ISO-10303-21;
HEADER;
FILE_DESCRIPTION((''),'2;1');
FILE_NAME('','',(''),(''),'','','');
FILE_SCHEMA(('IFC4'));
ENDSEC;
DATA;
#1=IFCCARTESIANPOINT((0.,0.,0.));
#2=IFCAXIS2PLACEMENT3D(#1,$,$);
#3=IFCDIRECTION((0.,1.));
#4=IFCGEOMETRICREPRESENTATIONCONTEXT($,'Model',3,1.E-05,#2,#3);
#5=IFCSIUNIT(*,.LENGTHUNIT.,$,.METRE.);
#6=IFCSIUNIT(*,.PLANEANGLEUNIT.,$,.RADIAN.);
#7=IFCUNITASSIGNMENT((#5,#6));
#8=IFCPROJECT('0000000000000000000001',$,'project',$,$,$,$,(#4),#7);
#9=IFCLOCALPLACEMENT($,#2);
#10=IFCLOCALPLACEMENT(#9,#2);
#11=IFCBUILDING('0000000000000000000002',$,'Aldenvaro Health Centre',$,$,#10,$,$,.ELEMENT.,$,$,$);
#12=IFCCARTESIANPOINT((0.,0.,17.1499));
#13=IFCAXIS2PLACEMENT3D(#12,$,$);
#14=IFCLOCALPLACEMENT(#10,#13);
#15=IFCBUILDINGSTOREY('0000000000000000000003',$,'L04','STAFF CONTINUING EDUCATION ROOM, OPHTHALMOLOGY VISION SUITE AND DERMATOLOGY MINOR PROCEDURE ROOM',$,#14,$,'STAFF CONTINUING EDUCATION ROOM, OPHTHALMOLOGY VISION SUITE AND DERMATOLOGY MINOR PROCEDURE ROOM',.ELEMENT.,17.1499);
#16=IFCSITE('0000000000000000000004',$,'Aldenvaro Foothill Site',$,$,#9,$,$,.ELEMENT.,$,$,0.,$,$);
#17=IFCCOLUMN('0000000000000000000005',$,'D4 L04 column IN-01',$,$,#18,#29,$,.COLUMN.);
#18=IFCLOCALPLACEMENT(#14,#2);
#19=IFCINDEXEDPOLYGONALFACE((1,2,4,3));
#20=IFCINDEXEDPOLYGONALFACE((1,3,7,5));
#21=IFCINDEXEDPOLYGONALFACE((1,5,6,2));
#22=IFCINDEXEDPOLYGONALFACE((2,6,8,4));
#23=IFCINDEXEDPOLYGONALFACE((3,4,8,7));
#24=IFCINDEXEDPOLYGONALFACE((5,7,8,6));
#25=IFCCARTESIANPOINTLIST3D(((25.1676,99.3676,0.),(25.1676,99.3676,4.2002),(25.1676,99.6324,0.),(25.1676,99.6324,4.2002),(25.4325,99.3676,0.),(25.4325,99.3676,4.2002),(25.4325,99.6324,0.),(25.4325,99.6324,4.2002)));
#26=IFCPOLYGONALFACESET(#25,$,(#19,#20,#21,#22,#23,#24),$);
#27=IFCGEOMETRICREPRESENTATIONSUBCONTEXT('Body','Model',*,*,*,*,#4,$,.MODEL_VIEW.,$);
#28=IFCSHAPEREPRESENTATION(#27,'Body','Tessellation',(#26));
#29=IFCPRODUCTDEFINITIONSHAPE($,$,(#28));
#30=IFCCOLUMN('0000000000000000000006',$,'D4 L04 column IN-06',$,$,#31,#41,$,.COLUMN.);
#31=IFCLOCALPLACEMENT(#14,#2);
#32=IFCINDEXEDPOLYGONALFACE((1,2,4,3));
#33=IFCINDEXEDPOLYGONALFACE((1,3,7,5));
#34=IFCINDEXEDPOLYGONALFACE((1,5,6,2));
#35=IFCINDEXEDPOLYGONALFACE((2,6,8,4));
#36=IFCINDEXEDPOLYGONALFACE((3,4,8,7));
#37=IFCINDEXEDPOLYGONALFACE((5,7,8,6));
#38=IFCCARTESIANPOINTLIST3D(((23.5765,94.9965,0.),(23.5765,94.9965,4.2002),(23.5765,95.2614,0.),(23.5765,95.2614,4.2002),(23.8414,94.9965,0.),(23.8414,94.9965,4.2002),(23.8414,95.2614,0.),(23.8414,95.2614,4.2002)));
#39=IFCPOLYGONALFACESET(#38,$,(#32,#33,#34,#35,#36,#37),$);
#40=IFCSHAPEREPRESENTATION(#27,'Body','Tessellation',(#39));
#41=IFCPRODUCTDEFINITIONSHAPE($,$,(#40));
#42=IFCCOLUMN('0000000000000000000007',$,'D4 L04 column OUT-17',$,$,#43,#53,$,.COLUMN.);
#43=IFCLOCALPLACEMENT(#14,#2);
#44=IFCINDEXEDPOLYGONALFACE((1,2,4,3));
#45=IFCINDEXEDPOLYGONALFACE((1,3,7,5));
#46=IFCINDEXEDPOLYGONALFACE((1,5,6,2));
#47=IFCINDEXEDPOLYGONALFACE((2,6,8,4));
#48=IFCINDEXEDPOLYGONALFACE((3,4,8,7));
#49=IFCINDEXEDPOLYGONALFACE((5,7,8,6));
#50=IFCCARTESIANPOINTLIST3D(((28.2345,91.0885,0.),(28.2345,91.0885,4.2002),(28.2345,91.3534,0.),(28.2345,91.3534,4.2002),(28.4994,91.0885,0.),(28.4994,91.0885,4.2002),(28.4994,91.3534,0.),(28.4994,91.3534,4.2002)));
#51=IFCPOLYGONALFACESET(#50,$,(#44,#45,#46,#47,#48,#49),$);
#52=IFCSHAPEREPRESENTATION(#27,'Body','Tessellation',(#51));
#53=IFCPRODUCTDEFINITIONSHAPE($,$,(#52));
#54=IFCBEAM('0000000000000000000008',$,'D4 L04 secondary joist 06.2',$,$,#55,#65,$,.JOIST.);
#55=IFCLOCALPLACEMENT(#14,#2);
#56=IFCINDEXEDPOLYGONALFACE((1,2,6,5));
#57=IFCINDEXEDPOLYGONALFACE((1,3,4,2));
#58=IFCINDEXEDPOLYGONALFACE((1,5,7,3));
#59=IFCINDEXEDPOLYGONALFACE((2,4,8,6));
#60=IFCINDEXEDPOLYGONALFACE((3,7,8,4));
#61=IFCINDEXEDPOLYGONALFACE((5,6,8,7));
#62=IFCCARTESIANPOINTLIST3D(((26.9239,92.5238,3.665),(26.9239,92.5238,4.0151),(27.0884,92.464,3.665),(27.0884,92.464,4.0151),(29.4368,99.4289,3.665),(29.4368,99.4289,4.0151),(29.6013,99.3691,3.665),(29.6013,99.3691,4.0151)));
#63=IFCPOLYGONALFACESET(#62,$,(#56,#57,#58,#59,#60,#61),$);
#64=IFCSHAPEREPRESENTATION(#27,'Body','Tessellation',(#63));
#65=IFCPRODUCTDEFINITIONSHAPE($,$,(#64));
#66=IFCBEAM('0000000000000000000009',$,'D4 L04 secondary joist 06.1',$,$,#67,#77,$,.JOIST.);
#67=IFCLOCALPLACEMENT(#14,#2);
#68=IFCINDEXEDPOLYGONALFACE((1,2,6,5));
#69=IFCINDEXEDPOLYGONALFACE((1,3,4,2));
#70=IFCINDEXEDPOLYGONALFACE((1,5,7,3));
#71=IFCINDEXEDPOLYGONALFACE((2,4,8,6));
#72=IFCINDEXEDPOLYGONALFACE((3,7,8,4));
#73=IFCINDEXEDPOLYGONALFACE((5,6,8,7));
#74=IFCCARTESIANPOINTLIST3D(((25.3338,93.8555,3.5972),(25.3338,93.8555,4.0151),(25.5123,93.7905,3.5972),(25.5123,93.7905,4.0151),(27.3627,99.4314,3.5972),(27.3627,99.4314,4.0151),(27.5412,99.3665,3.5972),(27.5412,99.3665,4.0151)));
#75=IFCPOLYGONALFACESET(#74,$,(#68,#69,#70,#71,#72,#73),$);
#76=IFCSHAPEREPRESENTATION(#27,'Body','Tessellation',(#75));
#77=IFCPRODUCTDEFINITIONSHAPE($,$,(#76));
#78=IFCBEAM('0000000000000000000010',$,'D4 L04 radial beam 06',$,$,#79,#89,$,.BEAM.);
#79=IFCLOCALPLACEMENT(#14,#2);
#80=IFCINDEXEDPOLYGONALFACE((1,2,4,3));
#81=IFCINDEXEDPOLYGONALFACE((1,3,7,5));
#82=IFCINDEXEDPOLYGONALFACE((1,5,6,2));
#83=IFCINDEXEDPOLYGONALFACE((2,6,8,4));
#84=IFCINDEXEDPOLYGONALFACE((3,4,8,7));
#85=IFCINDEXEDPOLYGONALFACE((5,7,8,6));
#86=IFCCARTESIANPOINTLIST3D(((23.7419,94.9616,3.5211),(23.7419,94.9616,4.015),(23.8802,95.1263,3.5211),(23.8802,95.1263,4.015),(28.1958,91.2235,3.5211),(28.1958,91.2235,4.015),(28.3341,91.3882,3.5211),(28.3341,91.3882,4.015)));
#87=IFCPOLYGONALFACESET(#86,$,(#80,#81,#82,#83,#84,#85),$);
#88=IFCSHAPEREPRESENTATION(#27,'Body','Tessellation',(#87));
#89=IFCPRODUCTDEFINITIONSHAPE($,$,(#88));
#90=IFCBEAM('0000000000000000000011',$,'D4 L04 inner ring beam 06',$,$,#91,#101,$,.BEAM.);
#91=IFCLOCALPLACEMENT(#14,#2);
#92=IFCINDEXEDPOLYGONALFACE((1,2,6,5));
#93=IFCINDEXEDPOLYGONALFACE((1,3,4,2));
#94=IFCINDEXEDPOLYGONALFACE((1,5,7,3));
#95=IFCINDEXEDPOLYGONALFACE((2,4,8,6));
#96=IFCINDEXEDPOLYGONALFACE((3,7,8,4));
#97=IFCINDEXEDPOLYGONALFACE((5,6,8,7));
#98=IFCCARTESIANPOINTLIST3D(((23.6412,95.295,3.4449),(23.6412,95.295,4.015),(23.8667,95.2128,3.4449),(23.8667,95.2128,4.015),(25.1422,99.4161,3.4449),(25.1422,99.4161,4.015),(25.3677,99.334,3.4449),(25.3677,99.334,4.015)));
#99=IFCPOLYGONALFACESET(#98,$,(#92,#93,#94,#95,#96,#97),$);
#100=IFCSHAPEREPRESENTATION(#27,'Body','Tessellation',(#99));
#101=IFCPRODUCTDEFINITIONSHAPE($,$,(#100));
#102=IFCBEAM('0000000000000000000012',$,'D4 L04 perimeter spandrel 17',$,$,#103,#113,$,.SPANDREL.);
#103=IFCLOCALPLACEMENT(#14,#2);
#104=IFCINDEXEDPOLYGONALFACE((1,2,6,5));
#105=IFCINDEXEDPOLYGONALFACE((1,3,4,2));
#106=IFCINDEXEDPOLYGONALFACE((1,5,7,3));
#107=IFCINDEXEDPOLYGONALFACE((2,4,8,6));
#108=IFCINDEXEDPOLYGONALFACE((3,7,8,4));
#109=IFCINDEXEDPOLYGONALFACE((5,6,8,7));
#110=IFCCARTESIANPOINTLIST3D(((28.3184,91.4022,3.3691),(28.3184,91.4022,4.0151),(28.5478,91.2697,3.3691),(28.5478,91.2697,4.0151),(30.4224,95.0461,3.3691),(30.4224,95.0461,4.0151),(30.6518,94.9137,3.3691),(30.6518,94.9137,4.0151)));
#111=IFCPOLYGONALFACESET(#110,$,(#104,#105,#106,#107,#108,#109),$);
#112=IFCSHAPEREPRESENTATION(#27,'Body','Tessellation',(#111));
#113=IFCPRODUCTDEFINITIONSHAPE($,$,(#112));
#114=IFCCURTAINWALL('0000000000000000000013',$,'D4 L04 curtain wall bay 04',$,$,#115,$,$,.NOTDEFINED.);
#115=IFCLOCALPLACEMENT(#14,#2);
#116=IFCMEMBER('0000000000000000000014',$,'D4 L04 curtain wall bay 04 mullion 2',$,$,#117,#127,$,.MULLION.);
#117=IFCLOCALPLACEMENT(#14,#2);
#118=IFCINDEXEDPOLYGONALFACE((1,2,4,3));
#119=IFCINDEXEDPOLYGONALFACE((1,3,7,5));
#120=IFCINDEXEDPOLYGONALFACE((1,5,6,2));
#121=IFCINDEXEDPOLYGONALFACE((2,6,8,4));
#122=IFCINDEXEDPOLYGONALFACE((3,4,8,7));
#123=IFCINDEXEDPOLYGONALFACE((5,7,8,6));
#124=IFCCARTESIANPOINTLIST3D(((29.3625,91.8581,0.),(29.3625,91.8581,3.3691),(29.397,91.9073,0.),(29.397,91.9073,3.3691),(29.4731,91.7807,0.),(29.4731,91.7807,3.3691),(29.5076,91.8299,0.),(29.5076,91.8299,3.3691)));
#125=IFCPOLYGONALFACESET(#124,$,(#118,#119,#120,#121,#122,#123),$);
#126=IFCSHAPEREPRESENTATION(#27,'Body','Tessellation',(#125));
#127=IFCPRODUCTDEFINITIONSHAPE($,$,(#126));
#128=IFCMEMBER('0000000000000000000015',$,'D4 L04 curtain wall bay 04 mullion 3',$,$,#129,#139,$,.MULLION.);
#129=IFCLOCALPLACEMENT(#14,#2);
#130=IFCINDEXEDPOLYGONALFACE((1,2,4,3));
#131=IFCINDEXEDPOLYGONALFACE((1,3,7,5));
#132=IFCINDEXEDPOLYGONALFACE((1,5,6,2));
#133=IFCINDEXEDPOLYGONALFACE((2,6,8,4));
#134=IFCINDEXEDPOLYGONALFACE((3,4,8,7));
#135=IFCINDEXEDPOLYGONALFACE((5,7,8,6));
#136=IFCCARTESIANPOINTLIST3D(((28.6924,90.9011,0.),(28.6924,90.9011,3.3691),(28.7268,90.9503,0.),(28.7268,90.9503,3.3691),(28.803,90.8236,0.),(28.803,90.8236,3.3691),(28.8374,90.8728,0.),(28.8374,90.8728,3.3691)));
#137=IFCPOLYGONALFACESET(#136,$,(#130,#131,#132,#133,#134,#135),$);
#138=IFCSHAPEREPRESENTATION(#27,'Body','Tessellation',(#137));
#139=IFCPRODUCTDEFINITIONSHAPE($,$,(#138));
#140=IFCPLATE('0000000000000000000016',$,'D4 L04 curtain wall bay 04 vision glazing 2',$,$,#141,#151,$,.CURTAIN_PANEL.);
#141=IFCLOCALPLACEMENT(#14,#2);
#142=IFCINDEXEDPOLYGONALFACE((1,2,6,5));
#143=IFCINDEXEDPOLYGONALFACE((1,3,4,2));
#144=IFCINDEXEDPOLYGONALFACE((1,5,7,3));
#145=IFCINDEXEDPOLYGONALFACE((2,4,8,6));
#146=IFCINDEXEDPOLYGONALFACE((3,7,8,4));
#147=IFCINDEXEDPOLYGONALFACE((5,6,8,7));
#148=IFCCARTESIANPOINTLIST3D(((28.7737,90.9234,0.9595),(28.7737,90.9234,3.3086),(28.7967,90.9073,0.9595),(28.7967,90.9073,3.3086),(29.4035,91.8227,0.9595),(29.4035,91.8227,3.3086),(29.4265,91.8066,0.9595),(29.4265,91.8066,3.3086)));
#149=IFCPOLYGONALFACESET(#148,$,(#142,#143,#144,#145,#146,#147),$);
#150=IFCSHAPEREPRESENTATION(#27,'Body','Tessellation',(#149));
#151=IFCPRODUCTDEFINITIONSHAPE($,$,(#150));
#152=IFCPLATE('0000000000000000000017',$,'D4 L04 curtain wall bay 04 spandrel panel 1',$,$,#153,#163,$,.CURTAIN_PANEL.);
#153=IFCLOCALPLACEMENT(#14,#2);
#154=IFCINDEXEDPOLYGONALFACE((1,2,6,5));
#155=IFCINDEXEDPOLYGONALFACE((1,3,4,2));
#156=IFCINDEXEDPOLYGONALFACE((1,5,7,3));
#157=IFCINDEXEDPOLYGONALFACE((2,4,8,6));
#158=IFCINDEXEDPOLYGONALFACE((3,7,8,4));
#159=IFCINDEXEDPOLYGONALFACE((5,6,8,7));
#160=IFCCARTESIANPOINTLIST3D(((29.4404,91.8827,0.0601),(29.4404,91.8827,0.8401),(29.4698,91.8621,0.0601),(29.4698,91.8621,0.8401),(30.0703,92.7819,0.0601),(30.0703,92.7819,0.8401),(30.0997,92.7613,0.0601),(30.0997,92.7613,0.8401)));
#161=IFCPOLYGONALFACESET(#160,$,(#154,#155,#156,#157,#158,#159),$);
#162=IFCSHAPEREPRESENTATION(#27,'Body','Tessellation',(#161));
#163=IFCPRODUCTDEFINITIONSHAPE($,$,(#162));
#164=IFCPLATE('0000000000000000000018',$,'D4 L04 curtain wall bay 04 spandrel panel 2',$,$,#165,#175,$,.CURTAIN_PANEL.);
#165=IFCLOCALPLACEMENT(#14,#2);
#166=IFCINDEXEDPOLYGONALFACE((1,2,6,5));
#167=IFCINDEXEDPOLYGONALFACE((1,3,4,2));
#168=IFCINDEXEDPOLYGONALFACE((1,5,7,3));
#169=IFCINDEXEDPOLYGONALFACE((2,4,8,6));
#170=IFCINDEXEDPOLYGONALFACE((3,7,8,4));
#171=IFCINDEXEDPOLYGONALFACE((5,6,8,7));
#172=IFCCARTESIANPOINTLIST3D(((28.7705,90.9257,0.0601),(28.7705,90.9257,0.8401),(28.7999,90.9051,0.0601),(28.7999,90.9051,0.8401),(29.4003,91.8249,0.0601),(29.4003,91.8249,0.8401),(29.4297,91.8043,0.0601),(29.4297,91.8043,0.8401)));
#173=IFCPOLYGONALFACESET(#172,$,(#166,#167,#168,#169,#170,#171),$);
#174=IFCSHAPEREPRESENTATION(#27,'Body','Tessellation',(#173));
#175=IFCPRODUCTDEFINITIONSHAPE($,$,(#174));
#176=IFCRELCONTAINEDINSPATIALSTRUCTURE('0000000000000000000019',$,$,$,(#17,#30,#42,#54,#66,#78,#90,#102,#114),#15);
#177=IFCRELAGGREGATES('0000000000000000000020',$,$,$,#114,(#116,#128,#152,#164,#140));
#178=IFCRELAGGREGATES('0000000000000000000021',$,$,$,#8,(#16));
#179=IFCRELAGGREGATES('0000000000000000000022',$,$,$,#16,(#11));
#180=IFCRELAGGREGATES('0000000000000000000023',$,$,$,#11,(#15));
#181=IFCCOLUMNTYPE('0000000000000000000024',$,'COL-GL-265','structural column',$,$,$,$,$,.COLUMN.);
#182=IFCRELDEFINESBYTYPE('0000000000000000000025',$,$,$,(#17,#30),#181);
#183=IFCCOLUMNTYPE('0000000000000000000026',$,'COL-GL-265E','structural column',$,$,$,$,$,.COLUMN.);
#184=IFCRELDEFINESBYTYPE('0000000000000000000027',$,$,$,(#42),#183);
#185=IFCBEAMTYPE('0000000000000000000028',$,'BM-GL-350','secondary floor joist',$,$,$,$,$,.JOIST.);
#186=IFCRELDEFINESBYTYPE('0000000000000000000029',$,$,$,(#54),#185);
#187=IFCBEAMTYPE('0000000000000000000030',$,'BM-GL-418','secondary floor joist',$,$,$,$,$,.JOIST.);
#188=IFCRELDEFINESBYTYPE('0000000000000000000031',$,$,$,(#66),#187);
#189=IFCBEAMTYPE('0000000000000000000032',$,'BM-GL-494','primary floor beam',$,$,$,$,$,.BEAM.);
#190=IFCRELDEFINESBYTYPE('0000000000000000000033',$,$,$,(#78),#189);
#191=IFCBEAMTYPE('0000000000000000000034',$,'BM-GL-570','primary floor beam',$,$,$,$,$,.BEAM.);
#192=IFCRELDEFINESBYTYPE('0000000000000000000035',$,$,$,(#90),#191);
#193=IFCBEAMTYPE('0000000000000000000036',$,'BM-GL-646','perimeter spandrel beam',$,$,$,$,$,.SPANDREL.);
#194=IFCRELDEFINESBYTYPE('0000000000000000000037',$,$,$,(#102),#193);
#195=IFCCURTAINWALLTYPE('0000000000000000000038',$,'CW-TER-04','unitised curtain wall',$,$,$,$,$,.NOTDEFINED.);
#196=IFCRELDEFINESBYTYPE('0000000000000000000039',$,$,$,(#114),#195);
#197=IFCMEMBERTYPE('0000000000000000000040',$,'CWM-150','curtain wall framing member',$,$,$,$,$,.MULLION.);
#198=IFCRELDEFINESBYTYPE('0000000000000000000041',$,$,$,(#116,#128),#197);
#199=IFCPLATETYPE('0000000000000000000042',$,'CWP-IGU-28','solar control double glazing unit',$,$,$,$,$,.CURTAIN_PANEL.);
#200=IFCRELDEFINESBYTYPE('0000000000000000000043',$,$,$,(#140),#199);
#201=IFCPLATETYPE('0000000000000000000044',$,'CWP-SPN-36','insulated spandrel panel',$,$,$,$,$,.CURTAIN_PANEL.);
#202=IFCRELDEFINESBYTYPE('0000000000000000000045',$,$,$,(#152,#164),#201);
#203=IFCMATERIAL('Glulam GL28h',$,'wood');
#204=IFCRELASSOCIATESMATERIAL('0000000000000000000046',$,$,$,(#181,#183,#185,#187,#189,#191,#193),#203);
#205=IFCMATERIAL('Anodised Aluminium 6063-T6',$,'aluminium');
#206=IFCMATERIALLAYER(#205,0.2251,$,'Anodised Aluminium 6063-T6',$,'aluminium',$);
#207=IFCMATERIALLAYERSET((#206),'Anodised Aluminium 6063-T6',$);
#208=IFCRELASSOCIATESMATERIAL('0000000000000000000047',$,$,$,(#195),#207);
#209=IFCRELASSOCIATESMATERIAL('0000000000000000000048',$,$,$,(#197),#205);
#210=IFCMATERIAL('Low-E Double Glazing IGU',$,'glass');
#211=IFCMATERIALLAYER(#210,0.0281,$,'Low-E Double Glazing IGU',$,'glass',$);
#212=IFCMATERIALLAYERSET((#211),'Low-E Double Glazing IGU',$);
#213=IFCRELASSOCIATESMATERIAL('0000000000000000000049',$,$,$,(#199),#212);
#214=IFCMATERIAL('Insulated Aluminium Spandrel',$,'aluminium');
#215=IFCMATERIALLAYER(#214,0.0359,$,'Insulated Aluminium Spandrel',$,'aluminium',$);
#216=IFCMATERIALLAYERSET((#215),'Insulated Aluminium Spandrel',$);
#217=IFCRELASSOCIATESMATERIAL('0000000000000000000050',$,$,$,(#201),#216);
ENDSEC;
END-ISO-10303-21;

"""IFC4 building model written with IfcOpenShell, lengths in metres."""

from ifc_helpers import new_model, si_unit, direction, frame, origin, origin_2d, place, context, subcontext, project, spatial, rectangle, extrude, material, layer, layer_set, material_profile, profile_set, type_object, element, aggregate, save


model = new_model("IFC4")

# Units and contexts
model_context = context("Model", 3, precision=1e-05, world=origin(), true_north=direction((0.0, 1.0)))
body_context = subcontext(model_context, "Body", "Model", "MODEL_VIEW")
ifc_project = project(units=[si_unit("LENGTHUNIT", "METRE"), si_unit("PLANEANGLEUNIT", "RADIAN")], contexts=[model_context])

# Site, building, storey
site_placement = place(None, origin())
site = spatial("IfcSite", under=ifc_project, at=site_placement, Name="Aldenvaro Foothill Site", CompositionType="ELEMENT", RefElevation=0.0)
building_placement = place(site_placement, origin())
building = spatial("IfcBuilding", under=site, at=building_placement, Name="Aldenvaro Health Centre", CompositionType="ELEMENT")
storey_placement = place(building_placement, frame((0.0, 0.0, 17.1499)))
storey = spatial("IfcBuildingStorey", under=building, at=storey_placement, Name="L04", Description="STAFF CONTINUING EDUCATION ROOM, OPHTHALMOLOGY VISION SUITE AND DERMATOLOGY MINOR PROCEDURE ROOM", LongName="STAFF CONTINUING EDUCATION ROOM, OPHTHALMOLOGY VISION SUITE AND DERMATOLOGY MINOR PROCEDURE ROOM", CompositionType="ELEMENT", Elevation=17.1499)

# Columns
ifc_material_1 = material(Name="Glulam GL28h", Category="wood")
ifc_material_profile_1 = material_profile(ifc_material_1, rectangle(XDim=0.2649, YDim=0.2649, at=origin_2d()), Name="GL 265x265", Category="wood")
ifc_profile_set_1 = profile_set([ifc_material_profile_1], Name="Glulam GL28h")
column_type_1 = type_object("IfcColumnType", Name="COL-GL-265", Description="structural column", PredefinedType="COLUMN", material=ifc_profile_set_1)
for number, where, z_axis, x_axis, name in (
    (1, (25.3, 99.5, 0.0), (0.0, 0.0, 1.0), (1.0, 0.0, 0.0), "D4 L04 column IN-01"),
    (2, (23.709, 95.1289, 0.0), (0.0, 0.0, 1.0), (1.0, 0.0, 0.0), "D4 L04 column IN-06"),
):
    element("IfcColumn", number, at=place(storey_placement, frame(where, z_axis=z_axis, x_axis=x_axis)), inside=storey, type_object=column_type_1, Name=name, PredefinedType="COLUMN", context=body_context, shape_type="SweptSolid", body=[
        extrude(rectangle(XDim=0.2649, YDim=0.2649, at=origin_2d()), origin(), (0.0, 0.0, 1.0), 4.2002),
    ])
ifc_material_profile_2 = material_profile(ifc_material_1, rectangle(XDim=0.2649, YDim=0.2649, at=origin_2d()), Name="GL 265x265", Category="wood")
ifc_profile_set_2 = profile_set([ifc_material_profile_2], Name="Glulam GL28h")
column_type_2 = type_object("IfcColumnType", Name="COL-GL-265E", Description="structural column", PredefinedType="COLUMN", material=ifc_profile_set_2)
column_placement = place(storey_placement, frame((28.3669, 91.2209, 0.0), z_axis=(0.0, 0.0, 1.0), x_axis=(1.0, 0.0, 0.0)))
element("IfcColumn", 3, at=column_placement, inside=storey, type_object=column_type_2, Name="D4 L04 column OUT-17", PredefinedType="COLUMN", context=body_context, shape_type="SweptSolid", body=[
    extrude(rectangle(XDim=0.2649, YDim=0.2649, at=origin_2d()), origin(), (0.0, 0.0, 1.0), 4.2002),
])

# Beams
ifc_material_profile_3 = material_profile(ifc_material_1, rectangle(XDim=0.175, YDim=0.3501, at=origin_2d()), Name="GL 175x350", Category="wood")
ifc_profile_set_3 = profile_set([ifc_material_profile_3], Name="Glulam GL28h")
beam_type_1 = type_object("IfcBeamType", Name="BM-GL-350", Description="secondary floor joist", PredefinedType="JOIST", material=ifc_profile_set_3)
beam_1_placement = place(storey_placement, frame((27.0061, 92.4939, 3.8401), z_axis=(0.341986, 0.939705, 0.0), x_axis=(-0.939705, 0.341986, 0.0)))
element("IfcBeam", 4, at=beam_1_placement, inside=storey, type_object=beam_type_1, Name="D4 L04 secondary joist 06.2", PredefinedType="JOIST", context=body_context, shape_type="SweptSolid", body=[
    extrude(rectangle(XDim=0.175, YDim=0.3501, at=origin_2d()), origin(), (0.0, 0.0, 1.0), 7.3481),
])
ifc_material_profile_4 = material_profile(ifc_material_1, rectangle(XDim=0.1899, YDim=0.418, at=origin_2d()), Name="GL 190x418", Category="wood")
ifc_profile_set_4 = profile_set([ifc_material_profile_4], Name="Glulam GL28h")
beam_type_2 = type_object("IfcBeamType", Name="BM-GL-418", Description="secondary floor joist", PredefinedType="JOIST", material=ifc_profile_set_4)
beam_2_placement = place(storey_placement, frame((25.4231, 93.823, 3.8062), z_axis=(0.341921, 0.939729, 0.0), x_axis=(-0.939729, 0.341921, 0.0)))
element("IfcBeam", 5, at=beam_2_placement, inside=storey, type_object=beam_type_2, Name="D4 L04 secondary joist 06.1", PredefinedType="JOIST", context=body_context, shape_type="SweptSolid", body=[
    extrude(rectangle(XDim=0.1899, YDim=0.418, at=origin_2d()), origin(), (0.0, 0.0, 1.0), 5.9336),
])
ifc_material_profile_5 = material_profile(ifc_material_1, rectangle(XDim=0.2151, YDim=0.4939, at=origin_2d()), Name="GL 215x494", Category="wood")
ifc_profile_set_5 = profile_set([ifc_material_profile_5], Name="Glulam GL28h")
beam_type_3 = type_object("IfcBeamType", Name="BM-GL-494", Description="primary floor beam", PredefinedType="BEAM", material=ifc_profile_set_5)
beam_3_placement = place(storey_placement, frame((23.811, 95.0439, 3.7681), z_axis=(0.765976, -0.642869, 0.0), x_axis=(0.642869, 0.765976, 0.0)))
element("IfcBeam", 6, at=beam_3_placement, inside=storey, type_object=beam_type_3, Name="D4 L04 radial beam 06", PredefinedType="BEAM", context=body_context, shape_type="SweptSolid", body=[
    extrude(rectangle(XDim=0.2151, YDim=0.4939, at=origin_2d()), origin(), (0.0, 0.0, 1.0), 5.8147),
])
ifc_material_profile_6 = material_profile(ifc_material_1, rectangle(XDim=0.24, YDim=0.5701, at=origin_2d()), Name="GL 240x570", Category="wood")
ifc_profile_set_6 = profile_set([ifc_material_profile_6], Name="Glulam GL28h")
beam_type_4 = type_object("IfcBeamType", Name="BM-GL-570", Description="primary floor beam", PredefinedType="BEAM", material=ifc_profile_set_6)
beam_4_placement = place(storey_placement, frame((23.7539, 95.2539, 3.73), z_axis=(0.342226, 0.939618, 0.0), x_axis=(-0.939618, 0.342226, 0.0)))
element("IfcBeam", 7, at=beam_4_placement, inside=storey, type_object=beam_type_4, Name="D4 L04 inner ring beam 06", PredefinedType="BEAM", context=body_context, shape_type="SweptSolid", body=[
    extrude(rectangle(XDim=0.24, YDim=0.5701, at=origin_2d()), origin(), (0.0, 0.0, 1.0), 4.386),
])
ifc_material_profile_7 = material_profile(ifc_material_1, rectangle(XDim=0.2649, YDim=0.646, at=origin_2d()), Name="GL 265x646", Category="wood")
ifc_profile_set_7 = profile_set([ifc_material_profile_7], Name="Glulam GL28h")
beam_type_5 = type_object("IfcBeamType", Name="BM-GL-646", Description="perimeter spandrel beam", PredefinedType="SPANDREL", material=ifc_profile_set_7)
beam_5_placement = place(storey_placement, frame((28.4331, 91.3359, 3.6921), z_axis=(0.50002, 0.866014, 0.0), x_axis=(-0.866014, 0.50002, 0.0)))
element("IfcBeam", 8, at=beam_5_placement, inside=storey, type_object=beam_type_5, Name="D4 L04 perimeter spandrel 17", PredefinedType="SPANDREL", context=body_context, shape_type="SweptSolid", body=[
    extrude(rectangle(XDim=0.2649, YDim=0.646, at=origin_2d()), origin(), (0.0, 0.0, 1.0), 4.2078),
])

# Curtain wall, members, plates
ifc_material_2 = material(Name="Anodised Aluminium 6063-T6", Category="aluminium")
ifc_layer_1 = layer(ifc_material_2, 0.2251, Name="Anodised Aluminium 6063-T6", Category="aluminium")
ifc_layer_set_1 = layer_set([ifc_layer_1], Name="Anodised Aluminium 6063-T6")
curtain_wall_type = type_object("IfcCurtainWallType", Name="CW-TER-04", Description="unitised curtain wall", PredefinedType="NOTDEFINED", material=ifc_layer_set_1)
curtain_wall_placement = place(storey_placement, origin())
curtain_wall = element("IfcCurtainWall", 9, at=curtain_wall_placement, inside=storey, type_object=curtain_wall_type, Name="D4 L04 curtain wall bay 04", PredefinedType="NOTDEFINED")
ifc_material_profile_8 = material_profile(ifc_material_2, rectangle(XDim=0.0601, YDim=0.135, at=origin_2d()), Name="ALU 60x135", Category="aluminium")
ifc_profile_set_8 = profile_set([ifc_material_profile_8], Name="Anodised Aluminium 6063-T6")
member_type = type_object("IfcMemberType", Name="CWM-150", Description="curtain wall framing member", PredefinedType="MULLION", material=ifc_profile_set_8)
member_1_placement = place(storey_placement, frame((29.4351, 91.844, 0.0), z_axis=(0.0, 0.0, 1.0), x_axis=(-0.573721, -0.819051, 0.0)))
member_1 = element("IfcMember", 10, at=member_1_placement, type_object=member_type, Name="D4 L04 curtain wall bay 04 mullion 2", PredefinedType="MULLION", context=body_context, shape_type="SweptSolid", body=[
    extrude(rectangle(XDim=0.0601, YDim=0.135, at=origin_2d()), origin(), (0.0, 0.0, 1.0), 3.3691),
])
member_2_placement = place(storey_placement, frame((28.7649, 90.887, 0.0), z_axis=(0.0, 0.0, 1.0), x_axis=(-0.573721, -0.819051, 0.0)))
member_2 = element("IfcMember", 11, at=member_2_placement, type_object=member_type, Name="D4 L04 curtain wall bay 04 mullion 3", PredefinedType="MULLION", context=body_context, shape_type="SweptSolid", body=[
    extrude(rectangle(XDim=0.0601, YDim=0.135, at=origin_2d()), origin(), (0.0, 0.0, 1.0), 3.3691),
])
ifc_material_3 = material(Name="Low-E Double Glazing IGU", Category="glass")
ifc_layer_2 = layer(ifc_material_3, 0.0281, Name="Low-E Double Glazing IGU", Category="glass")
ifc_layer_set_2 = layer_set([ifc_layer_2], Name="Low-E Double Glazing IGU")
plate_type_1 = type_object("IfcPlateType", Name="CWP-IGU-28", Description="solar control double glazing unit", PredefinedType="CURTAIN_PANEL", material=ifc_layer_set_2)
plate_1_placement = place(storey_placement, frame((29.1001, 91.365, 0.9595), z_axis=(0.0, 0.0, 1.0), x_axis=(-0.573721, -0.819051, 0.0)))
plate_1 = element("IfcPlate", 12, at=plate_1_placement, type_object=plate_type_1, Name="D4 L04 curtain wall bay 04 vision glazing 2", PredefinedType="CURTAIN_PANEL", context=body_context, shape_type="SweptSolid", body=[
    extrude(rectangle(XDim=1.0979, YDim=0.0281, at=origin_2d()), origin(), (0.0, 0.0, 1.0), 2.3491),
])
ifc_material_4 = material(Name="Insulated Aluminium Spandrel", Category="aluminium")
ifc_layer_3 = layer(ifc_material_4, 0.0359, Name="Insulated Aluminium Spandrel", Category="aluminium")
ifc_layer_set_3 = layer_set([ifc_layer_3], Name="Insulated Aluminium Spandrel")
plate_type_2 = type_object("IfcPlateType", Name="CWP-SPN-36", Description="insulated spandrel panel", PredefinedType="CURTAIN_PANEL", material=ifc_layer_set_3)
plate_2_placement = place(storey_placement, frame((29.77, 92.322, 0.0601), z_axis=(0.0, 0.0, 1.0), x_axis=(-0.573721, -0.819051, 0.0)))
plate_2 = element("IfcPlate", 13, at=plate_2_placement, type_object=plate_type_2, Name="D4 L04 curtain wall bay 04 spandrel panel 1", PredefinedType="CURTAIN_PANEL", context=body_context, shape_type="SweptSolid", body=[
    extrude(rectangle(XDim=1.0979, YDim=0.0359, at=origin_2d()), origin(), (0.0, 0.0, 1.0), 0.78),
])
plate_3_placement = place(storey_placement, frame((29.1001, 91.365, 0.0601), z_axis=(0.0, 0.0, 1.0), x_axis=(-0.573721, -0.819051, 0.0)))
plate_3 = element("IfcPlate", 14, at=plate_3_placement, type_object=plate_type_2, Name="D4 L04 curtain wall bay 04 spandrel panel 2", PredefinedType="CURTAIN_PANEL", context=body_context, shape_type="SweptSolid", body=[
    extrude(rectangle(XDim=1.0979, YDim=0.0359, at=origin_2d()), origin(), (0.0, 0.0, 1.0), 0.78),
])
aggregate(curtain_wall, [member_1, member_2, plate_2, plate_3, plate_1])

save(model, "model.ifc")
